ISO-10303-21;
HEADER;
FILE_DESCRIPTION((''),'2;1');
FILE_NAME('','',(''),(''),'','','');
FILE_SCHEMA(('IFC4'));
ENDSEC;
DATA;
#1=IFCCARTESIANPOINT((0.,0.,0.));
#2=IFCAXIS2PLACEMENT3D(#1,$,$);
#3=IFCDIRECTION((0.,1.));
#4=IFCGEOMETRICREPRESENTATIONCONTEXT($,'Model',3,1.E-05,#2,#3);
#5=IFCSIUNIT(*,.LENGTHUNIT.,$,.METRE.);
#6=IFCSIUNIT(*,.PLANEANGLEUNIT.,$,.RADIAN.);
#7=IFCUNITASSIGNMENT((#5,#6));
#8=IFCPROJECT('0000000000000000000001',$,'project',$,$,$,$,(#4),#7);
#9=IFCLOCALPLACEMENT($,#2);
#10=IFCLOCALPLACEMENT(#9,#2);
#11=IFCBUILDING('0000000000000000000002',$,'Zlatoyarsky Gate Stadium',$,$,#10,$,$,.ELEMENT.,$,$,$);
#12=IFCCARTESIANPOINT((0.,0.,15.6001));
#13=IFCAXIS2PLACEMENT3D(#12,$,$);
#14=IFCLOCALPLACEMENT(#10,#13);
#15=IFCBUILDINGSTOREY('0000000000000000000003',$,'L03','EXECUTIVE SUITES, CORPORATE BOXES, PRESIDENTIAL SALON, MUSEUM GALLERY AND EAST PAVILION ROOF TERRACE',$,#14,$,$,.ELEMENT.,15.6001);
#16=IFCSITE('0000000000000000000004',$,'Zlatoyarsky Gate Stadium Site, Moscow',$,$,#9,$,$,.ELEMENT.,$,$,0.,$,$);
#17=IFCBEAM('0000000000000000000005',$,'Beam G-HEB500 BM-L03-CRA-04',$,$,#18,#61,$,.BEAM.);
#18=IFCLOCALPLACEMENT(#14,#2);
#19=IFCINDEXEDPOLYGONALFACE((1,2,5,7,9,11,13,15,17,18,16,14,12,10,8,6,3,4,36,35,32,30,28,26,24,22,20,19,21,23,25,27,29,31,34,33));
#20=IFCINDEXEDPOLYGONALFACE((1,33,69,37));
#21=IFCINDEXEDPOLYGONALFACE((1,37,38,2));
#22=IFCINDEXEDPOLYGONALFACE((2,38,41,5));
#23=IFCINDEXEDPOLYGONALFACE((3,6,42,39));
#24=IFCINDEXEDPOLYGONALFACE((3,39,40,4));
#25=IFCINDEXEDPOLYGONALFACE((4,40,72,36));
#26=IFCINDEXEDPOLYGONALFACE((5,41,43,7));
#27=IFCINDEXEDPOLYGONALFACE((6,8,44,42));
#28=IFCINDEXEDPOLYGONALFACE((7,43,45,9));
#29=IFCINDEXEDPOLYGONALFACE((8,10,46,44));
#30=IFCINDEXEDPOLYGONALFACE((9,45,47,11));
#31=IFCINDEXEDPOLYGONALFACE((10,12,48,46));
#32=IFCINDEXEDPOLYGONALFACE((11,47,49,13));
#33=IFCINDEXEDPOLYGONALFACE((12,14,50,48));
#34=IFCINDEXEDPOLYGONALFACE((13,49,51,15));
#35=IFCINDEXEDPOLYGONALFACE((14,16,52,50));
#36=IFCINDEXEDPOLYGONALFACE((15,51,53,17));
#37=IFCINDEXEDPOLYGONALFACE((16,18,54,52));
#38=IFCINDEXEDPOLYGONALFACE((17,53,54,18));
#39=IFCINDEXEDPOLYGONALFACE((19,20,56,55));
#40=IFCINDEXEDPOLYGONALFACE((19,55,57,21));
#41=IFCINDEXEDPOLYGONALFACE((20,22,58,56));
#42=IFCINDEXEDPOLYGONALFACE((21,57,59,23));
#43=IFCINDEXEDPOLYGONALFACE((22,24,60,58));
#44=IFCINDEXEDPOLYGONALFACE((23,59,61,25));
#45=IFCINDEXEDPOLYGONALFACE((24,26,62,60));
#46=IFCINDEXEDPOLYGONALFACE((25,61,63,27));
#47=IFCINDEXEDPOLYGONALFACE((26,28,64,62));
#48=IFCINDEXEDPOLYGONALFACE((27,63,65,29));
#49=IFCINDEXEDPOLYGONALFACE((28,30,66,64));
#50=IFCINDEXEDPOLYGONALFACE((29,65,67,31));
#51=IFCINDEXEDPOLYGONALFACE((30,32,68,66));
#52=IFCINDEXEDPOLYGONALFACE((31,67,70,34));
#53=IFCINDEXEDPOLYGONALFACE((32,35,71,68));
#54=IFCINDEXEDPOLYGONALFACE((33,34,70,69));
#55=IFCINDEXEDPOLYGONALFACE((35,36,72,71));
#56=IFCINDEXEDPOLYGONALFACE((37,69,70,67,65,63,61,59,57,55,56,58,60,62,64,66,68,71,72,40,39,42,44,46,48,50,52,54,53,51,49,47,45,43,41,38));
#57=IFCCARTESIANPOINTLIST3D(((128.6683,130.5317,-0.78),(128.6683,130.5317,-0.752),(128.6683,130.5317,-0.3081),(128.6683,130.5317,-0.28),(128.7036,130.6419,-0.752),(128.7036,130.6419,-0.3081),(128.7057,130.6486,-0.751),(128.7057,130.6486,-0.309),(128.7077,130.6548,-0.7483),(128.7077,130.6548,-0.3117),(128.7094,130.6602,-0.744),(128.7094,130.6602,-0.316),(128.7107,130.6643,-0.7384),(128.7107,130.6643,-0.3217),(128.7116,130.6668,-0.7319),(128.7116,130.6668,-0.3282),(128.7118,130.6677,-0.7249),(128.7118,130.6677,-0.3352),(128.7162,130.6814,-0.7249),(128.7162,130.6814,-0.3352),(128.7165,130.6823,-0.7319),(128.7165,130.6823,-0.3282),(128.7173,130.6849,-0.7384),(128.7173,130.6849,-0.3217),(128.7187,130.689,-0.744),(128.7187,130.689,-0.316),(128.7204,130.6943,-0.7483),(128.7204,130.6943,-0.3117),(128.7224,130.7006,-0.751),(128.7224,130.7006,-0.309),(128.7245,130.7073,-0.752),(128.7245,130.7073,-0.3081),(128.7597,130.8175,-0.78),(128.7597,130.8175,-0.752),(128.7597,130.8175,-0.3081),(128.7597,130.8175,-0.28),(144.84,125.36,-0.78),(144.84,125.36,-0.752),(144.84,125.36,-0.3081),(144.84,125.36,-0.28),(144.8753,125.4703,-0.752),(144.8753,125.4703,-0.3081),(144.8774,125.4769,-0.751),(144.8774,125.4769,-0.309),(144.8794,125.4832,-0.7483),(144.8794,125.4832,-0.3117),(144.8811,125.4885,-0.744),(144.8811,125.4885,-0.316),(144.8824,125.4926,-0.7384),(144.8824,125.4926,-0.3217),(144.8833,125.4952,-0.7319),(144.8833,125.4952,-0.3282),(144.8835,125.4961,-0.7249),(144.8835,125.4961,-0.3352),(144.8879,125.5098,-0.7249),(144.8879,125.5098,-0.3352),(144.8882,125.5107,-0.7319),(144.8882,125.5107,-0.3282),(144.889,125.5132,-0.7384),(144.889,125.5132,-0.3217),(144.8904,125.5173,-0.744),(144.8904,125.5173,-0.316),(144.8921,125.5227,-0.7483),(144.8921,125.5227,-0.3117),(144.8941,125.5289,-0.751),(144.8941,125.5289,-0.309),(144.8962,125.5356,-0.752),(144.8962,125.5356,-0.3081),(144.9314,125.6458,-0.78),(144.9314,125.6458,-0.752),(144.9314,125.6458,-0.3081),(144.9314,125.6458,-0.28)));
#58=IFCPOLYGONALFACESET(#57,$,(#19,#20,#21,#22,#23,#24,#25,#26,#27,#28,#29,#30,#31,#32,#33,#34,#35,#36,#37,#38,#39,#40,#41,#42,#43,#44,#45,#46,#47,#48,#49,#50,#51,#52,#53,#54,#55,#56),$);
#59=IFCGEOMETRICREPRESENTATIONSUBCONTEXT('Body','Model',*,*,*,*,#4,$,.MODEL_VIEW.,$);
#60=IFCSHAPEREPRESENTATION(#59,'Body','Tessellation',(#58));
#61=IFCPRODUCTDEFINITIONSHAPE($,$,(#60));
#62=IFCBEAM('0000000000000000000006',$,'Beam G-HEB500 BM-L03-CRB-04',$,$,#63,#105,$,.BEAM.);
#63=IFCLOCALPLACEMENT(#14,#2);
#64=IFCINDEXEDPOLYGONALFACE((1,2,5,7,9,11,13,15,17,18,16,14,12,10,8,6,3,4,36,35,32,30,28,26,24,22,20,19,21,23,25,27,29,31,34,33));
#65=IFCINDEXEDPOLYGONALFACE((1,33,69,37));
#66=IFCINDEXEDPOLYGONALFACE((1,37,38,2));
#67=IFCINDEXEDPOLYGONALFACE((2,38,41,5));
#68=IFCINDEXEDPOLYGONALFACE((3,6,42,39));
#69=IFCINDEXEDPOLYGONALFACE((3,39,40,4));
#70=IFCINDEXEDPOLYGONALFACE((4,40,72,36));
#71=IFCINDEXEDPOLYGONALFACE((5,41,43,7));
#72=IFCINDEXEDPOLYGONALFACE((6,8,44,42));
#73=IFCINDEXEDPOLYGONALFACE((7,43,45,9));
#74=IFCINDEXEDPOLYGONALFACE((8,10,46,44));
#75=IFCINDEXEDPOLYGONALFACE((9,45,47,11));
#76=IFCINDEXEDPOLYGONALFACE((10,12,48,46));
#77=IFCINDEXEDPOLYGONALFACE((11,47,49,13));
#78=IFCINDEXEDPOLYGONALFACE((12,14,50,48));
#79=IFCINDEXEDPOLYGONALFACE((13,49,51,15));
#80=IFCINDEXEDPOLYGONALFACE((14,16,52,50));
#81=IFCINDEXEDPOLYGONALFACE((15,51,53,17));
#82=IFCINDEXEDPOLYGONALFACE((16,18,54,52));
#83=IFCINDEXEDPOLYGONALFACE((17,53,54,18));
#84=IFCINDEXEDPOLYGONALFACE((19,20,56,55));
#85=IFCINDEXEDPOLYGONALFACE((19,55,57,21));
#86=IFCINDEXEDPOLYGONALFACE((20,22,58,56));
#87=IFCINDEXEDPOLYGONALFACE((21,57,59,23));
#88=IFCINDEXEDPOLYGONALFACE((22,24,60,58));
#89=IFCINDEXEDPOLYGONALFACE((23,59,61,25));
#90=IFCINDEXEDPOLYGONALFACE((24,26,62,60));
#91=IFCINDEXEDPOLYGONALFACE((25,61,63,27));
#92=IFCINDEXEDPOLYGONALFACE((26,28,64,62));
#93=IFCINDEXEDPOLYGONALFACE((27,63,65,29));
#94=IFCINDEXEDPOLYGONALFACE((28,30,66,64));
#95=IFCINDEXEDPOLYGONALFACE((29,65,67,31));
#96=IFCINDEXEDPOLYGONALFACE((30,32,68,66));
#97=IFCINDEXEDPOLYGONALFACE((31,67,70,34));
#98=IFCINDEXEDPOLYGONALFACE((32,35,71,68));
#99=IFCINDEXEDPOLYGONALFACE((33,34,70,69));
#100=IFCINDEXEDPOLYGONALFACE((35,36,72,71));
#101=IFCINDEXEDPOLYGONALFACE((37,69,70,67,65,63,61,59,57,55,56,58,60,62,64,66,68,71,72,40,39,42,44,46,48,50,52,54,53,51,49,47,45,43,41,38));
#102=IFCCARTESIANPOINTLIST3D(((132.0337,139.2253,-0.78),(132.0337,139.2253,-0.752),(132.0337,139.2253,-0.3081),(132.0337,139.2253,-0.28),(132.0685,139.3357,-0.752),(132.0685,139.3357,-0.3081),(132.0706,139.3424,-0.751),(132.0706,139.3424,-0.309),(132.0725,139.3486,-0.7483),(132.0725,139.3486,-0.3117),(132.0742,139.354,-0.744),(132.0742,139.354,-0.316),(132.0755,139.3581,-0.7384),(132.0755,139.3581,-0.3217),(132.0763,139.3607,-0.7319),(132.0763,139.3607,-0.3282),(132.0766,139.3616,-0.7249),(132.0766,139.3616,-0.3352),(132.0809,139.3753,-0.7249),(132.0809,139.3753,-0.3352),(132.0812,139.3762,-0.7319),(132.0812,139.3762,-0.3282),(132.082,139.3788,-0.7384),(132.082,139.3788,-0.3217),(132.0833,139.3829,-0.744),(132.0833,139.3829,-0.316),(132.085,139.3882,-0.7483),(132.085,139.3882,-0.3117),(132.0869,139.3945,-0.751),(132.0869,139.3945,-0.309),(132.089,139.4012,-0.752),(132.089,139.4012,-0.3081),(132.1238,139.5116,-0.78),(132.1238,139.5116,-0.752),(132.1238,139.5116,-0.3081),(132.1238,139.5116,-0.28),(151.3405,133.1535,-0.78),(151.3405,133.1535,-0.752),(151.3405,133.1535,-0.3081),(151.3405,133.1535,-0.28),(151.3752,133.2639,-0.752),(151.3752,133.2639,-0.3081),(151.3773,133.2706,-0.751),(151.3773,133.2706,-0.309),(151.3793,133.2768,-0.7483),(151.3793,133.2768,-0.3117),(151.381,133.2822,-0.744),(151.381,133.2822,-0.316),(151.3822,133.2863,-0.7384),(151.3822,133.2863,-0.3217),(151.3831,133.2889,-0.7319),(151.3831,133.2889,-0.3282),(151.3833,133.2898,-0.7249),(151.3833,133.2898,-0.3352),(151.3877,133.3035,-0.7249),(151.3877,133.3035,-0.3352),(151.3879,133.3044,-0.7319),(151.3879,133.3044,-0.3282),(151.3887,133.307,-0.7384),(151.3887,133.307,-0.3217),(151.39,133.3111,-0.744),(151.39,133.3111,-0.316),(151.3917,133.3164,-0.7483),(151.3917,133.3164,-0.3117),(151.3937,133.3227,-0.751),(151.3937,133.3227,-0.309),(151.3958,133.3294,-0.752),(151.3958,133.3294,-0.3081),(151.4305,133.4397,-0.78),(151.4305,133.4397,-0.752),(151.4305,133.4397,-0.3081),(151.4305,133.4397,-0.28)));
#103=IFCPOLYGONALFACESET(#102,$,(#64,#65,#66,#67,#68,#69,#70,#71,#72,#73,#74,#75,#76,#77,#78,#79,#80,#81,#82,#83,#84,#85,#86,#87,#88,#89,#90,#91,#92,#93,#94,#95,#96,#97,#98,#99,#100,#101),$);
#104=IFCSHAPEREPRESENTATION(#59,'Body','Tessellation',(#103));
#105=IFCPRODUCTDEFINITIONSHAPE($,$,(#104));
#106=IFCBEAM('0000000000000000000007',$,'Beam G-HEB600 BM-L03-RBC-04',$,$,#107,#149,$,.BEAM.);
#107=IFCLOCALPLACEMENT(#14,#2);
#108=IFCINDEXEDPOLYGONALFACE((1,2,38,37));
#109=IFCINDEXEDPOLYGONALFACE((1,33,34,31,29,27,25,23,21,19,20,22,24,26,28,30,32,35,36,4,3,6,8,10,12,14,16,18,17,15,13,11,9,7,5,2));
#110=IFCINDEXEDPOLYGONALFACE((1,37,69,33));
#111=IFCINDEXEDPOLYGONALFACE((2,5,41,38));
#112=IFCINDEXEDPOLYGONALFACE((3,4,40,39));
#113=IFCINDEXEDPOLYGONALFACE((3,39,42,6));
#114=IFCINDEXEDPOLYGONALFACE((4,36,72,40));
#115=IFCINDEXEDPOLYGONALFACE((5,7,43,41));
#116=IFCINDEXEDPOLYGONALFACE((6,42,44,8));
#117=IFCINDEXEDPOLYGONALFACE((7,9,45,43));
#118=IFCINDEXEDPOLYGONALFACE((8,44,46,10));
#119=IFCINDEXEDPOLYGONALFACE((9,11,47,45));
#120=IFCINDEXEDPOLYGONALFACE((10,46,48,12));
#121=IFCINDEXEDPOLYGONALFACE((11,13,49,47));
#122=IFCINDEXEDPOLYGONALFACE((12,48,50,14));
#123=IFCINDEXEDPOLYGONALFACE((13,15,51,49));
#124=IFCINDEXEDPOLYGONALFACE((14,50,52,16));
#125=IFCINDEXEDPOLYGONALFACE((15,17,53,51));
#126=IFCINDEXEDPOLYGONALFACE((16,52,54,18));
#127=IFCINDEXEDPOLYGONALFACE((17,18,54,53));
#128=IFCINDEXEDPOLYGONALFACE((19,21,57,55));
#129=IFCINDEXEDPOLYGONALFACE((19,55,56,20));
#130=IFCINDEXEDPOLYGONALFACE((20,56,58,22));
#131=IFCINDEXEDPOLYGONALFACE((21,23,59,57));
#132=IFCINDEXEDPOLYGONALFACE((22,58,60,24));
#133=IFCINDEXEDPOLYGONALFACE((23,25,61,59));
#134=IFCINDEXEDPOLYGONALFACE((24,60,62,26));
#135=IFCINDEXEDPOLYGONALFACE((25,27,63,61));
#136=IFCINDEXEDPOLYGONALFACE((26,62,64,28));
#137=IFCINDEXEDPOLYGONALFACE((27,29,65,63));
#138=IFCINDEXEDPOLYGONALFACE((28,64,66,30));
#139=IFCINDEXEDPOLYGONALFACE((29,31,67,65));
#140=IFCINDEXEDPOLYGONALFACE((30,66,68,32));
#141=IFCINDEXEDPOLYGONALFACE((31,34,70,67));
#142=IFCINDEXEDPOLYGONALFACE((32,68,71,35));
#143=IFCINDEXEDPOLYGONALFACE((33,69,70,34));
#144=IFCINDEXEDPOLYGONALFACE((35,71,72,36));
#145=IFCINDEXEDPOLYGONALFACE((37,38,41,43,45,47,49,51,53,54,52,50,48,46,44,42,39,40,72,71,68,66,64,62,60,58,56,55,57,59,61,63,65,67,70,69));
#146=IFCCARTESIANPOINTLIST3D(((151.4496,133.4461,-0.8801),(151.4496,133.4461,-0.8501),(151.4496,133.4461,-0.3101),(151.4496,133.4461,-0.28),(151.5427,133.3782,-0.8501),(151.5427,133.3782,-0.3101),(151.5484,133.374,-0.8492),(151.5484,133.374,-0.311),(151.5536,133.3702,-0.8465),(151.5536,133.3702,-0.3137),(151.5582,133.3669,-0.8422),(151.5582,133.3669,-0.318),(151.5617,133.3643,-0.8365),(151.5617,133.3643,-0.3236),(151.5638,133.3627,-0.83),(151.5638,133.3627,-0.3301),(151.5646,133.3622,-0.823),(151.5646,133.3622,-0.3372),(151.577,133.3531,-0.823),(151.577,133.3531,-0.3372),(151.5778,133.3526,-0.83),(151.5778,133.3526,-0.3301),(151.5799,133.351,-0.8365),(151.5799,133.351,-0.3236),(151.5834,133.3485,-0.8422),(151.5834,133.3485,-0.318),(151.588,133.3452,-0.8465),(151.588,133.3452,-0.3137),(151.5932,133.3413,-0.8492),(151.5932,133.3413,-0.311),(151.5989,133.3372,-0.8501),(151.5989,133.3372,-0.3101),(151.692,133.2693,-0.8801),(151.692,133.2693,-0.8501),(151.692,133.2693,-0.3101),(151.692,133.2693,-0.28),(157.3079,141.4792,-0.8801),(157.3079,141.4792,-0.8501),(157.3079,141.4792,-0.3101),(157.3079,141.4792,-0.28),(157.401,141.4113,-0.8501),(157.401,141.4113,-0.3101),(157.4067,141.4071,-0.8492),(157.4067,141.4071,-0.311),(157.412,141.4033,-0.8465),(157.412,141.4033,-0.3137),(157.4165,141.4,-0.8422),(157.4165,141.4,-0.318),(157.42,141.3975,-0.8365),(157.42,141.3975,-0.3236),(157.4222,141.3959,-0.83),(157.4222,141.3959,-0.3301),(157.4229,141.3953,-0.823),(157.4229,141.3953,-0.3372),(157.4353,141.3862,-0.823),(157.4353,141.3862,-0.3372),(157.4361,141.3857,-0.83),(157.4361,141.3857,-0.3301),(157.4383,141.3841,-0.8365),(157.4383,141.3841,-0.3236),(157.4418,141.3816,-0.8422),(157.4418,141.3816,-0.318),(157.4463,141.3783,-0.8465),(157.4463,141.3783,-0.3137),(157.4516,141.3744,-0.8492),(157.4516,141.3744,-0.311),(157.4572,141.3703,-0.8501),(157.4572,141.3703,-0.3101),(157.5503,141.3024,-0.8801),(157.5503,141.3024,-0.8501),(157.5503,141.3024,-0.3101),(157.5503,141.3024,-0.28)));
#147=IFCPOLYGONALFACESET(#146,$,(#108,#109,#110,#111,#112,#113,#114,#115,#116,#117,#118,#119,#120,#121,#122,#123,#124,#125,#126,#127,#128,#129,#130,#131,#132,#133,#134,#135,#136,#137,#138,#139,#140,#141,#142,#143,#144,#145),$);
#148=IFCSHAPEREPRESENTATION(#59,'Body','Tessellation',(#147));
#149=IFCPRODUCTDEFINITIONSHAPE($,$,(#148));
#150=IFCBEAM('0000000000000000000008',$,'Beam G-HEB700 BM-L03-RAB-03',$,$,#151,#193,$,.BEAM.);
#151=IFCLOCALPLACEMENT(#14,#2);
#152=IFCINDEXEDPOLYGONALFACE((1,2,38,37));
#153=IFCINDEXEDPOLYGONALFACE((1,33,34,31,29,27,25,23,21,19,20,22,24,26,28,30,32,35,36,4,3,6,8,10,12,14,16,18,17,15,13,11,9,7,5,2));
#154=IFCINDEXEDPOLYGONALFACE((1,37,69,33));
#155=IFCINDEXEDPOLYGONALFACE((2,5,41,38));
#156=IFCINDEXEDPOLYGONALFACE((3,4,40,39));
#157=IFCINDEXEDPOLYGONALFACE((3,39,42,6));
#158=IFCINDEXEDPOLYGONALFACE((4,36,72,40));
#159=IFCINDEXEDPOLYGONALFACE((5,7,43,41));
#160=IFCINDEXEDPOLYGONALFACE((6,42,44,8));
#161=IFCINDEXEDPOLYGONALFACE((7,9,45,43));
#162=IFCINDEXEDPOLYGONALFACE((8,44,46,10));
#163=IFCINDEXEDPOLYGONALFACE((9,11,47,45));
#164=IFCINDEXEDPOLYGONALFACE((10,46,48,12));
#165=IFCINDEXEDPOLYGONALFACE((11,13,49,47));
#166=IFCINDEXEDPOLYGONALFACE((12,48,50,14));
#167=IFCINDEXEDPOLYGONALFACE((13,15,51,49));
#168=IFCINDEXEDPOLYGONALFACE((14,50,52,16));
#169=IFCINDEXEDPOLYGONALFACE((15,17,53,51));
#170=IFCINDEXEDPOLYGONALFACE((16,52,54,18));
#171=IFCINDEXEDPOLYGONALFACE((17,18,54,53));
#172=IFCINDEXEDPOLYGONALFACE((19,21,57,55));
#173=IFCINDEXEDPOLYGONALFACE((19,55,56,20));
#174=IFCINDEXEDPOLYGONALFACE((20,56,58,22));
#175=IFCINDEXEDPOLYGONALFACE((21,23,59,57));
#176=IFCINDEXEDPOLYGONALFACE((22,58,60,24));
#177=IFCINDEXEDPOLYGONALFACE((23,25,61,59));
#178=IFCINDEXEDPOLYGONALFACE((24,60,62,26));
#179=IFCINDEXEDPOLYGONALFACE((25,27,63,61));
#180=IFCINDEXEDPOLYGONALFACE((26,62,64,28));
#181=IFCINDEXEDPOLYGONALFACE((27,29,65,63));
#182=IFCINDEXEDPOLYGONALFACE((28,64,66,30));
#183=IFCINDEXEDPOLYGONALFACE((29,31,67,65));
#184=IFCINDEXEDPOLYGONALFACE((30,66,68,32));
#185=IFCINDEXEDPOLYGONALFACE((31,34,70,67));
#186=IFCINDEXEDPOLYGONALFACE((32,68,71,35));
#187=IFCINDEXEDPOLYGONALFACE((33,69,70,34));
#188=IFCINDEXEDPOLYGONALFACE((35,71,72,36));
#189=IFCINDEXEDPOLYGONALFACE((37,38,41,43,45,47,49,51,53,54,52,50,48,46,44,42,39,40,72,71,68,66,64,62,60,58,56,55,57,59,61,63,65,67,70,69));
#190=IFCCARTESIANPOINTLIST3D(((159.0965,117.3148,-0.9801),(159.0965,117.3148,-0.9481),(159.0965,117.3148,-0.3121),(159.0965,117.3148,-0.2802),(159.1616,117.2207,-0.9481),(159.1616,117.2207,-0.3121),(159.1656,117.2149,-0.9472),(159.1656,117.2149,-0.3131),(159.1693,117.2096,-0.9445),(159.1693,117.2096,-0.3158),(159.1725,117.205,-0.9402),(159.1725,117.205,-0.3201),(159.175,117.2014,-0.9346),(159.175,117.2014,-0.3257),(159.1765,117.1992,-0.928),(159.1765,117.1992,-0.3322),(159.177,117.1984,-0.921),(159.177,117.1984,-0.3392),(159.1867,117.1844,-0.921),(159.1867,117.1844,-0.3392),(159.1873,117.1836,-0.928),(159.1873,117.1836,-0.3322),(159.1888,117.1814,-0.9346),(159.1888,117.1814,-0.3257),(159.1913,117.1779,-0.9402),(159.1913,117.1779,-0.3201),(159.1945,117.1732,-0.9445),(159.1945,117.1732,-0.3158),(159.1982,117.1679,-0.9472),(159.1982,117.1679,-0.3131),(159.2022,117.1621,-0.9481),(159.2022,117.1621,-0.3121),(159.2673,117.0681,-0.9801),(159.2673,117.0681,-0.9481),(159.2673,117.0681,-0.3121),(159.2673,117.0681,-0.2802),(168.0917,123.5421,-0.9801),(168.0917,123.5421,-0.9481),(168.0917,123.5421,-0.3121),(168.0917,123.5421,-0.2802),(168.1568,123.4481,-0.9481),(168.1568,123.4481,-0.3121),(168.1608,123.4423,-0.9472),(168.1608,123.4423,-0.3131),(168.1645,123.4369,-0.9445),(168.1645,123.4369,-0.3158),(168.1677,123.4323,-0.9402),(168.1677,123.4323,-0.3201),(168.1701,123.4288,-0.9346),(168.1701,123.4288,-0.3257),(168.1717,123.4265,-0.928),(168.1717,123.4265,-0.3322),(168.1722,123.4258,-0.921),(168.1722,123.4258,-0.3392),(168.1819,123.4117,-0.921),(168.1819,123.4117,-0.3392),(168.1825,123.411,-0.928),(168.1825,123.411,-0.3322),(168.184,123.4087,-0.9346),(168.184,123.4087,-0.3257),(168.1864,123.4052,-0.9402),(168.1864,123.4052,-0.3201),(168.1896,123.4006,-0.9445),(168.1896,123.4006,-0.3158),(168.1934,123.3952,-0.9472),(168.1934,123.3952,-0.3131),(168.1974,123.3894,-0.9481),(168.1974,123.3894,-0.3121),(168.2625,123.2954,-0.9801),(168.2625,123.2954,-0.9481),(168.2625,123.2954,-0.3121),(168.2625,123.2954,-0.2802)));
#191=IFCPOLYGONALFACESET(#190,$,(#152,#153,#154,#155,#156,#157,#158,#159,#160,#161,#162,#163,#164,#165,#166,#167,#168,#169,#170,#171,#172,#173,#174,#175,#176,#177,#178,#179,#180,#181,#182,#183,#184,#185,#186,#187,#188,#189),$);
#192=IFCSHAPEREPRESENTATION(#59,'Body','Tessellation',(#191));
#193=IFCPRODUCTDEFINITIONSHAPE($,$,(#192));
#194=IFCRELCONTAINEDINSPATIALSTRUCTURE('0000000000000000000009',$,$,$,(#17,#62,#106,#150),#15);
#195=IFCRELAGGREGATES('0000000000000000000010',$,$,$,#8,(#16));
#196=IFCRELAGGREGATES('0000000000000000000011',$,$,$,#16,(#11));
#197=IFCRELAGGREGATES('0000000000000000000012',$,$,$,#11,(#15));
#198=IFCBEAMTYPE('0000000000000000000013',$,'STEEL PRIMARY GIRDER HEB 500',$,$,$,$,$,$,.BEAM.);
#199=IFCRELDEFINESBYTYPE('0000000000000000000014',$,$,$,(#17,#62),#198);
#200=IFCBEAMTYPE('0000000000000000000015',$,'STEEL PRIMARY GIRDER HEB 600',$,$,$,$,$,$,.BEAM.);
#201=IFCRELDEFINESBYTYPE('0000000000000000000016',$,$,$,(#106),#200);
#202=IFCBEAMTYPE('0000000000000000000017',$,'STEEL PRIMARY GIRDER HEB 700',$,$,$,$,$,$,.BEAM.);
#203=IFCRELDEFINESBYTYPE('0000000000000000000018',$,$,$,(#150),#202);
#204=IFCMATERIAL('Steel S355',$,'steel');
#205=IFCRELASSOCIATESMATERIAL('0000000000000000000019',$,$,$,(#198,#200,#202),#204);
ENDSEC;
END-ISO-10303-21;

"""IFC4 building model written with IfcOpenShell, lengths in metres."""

from ifc_helpers import new_model, si_unit, direction, frame, origin, origin_2d, place, context, subcontext, project, spatial, i_section, extrude, material, material_profile, profile_set, type_object, element, save


model = new_model("IFC4")

# Units and contexts
model_context = context("Model", 3, precision=1e-05, world=origin(), true_north=direction((0.0, 1.0)))
body_context = subcontext(model_context, "Body", "Model", "MODEL_VIEW")
ifc_project = project(units=[si_unit("LENGTHUNIT", "METRE"), si_unit("PLANEANGLEUNIT", "RADIAN")], contexts=[model_context])

# Site, building, storey
site_placement = place(None, origin())
site = spatial("IfcSite", under=ifc_project, at=site_placement, Name="Zlatoyarsky Gate Stadium Site, Moscow", CompositionType="ELEMENT", RefElevation=0.0)
building_placement = place(site_placement, origin())
building = spatial("IfcBuilding", under=site, at=building_placement, Name="Zlatoyarsky Gate Stadium", CompositionType="ELEMENT")
storey_placement = place(building_placement, frame((0.0, 0.0, 15.6001)))
storey = spatial("IfcBuildingStorey", under=building, at=storey_placement, Name="L03", Description="EXECUTIVE SUITES, CORPORATE BOXES, PRESIDENTIAL SALON, MUSEUM GALLERY AND EAST PAVILION ROOF TERRACE", CompositionType="ELEMENT", Elevation=15.6001)

# Shared definitions
ifc_material_1 = material(Name="Steel S355", Category="steel")

# Beams
ifc_material_profile_1 = material_profile(ifc_material_1, i_section(OverallWidth=0.3, OverallDepth=0.5, WebThickness=0.0144, FlangeThickness=0.0281, FilletRadius=0.0271, at=origin_2d()), Name="HEB 500")
ifc_profile_set_1 = profile_set([ifc_material_profile_1], Name="Steel S355")
beam_type_1 = type_object("IfcBeamType", Name="STEEL PRIMARY GIRDER HEB 500", PredefinedType="BEAM", material=ifc_profile_set_1)
beam_1_placement = place(storey_placement, frame((144.8857, 125.5029, -0.53), z_axis=(-0.95248, 0.3046, 0.0), x_axis=(-0.3046, -0.95248, 0.0)))
element("IfcBeam", 1, at=beam_1_placement, inside=storey, type_object=beam_type_1, Name="Beam G-HEB500 BM-L03-CRA-04", PredefinedType="BEAM", context=body_context, shape_type="SweptSolid", body=[
    extrude(i_section(OverallWidth=0.3, OverallDepth=0.5, WebThickness=0.0144, FlangeThickness=0.0281, FilletRadius=0.0271, at=origin_2d()), origin(), (0.0, 0.0, 1.0), 16.9785),
])
beam_2_placement = place(storey_placement, frame((151.3855, 133.2966, -0.53), z_axis=(-0.953938, 0.300005, 0.0), x_axis=(-0.300005, -0.953938, 0.0)))
element("IfcBeam", 2, at=beam_2_placement, inside=storey, type_object=beam_type_1, Name="Beam G-HEB500 BM-L03-CRB-04", PredefinedType="BEAM", context=body_context, shape_type="SweptSolid", body=[
    extrude(i_section(OverallWidth=0.3, OverallDepth=0.5, WebThickness=0.0144, FlangeThickness=0.0281, FilletRadius=0.0271, at=origin_2d()), origin(), (0.0, 0.0, 1.0), 20.239),
])
ifc_material_profile_2 = material_profile(ifc_material_1, i_section(OverallWidth=0.3, OverallDepth=0.6001, WebThickness=0.0154, FlangeThickness=0.03, FilletRadius=0.0271, at=origin_2d()), Name="HEB 600")
ifc_profile_set_2 = profile_set([ifc_material_profile_2], Name="Steel S355")
beam_type_2 = type_object("IfcBeamType", Name="STEEL PRIMARY GIRDER HEB 600", PredefinedType="BEAM", material=ifc_profile_set_2)
beam_3_placement = place(storey_placement, frame((151.5708, 133.3577, -0.5801), z_axis=(0.589228, 0.807967, 0.0), x_axis=(-0.807967, 0.589228, 0.0)))
element("IfcBeam", 3, at=beam_3_placement, inside=storey, type_object=beam_type_2, Name="Beam G-HEB600 BM-L03-RBC-04", PredefinedType="BEAM", context=body_context, shape_type="SweptSolid", body=[
    extrude(i_section(OverallWidth=0.3, OverallDepth=0.6001, WebThickness=0.0154, FlangeThickness=0.03, FilletRadius=0.0271, at=origin_2d()), origin(), (0.0, 0.0, 1.0), 9.9424),
])
ifc_material_profile_3 = material_profile(ifc_material_1, i_section(OverallWidth=0.3, OverallDepth=0.7, WebThickness=0.0171, FlangeThickness=0.032, FilletRadius=0.0271, at=origin_2d()), Name="HEB 700")
ifc_profile_set_3 = profile_set([ifc_material_profile_3], Name="Steel S355")
beam_type_3 = type_object("IfcBeamType", Name="STEEL PRIMARY GIRDER HEB 700", PredefinedType="BEAM", material=ifc_profile_set_3)
beam_4_placement = place(storey_placement, frame((159.1819, 117.1914, -0.6301), z_axis=(0.822196, 0.569204, 0.0), x_axis=(-0.569204, 0.822196, 0.0)))
element("IfcBeam", 4, at=beam_4_placement, inside=storey, type_object=beam_type_3, Name="Beam G-HEB700 BM-L03-RAB-03", PredefinedType="BEAM", context=body_context, shape_type="SweptSolid", body=[
    extrude(i_section(OverallWidth=0.3, OverallDepth=0.7, WebThickness=0.0171, FlangeThickness=0.032, FilletRadius=0.0271, at=origin_2d()), origin(), (0.0, 0.0, 1.0), 10.9404),
])

save(model, "model.ifc")
